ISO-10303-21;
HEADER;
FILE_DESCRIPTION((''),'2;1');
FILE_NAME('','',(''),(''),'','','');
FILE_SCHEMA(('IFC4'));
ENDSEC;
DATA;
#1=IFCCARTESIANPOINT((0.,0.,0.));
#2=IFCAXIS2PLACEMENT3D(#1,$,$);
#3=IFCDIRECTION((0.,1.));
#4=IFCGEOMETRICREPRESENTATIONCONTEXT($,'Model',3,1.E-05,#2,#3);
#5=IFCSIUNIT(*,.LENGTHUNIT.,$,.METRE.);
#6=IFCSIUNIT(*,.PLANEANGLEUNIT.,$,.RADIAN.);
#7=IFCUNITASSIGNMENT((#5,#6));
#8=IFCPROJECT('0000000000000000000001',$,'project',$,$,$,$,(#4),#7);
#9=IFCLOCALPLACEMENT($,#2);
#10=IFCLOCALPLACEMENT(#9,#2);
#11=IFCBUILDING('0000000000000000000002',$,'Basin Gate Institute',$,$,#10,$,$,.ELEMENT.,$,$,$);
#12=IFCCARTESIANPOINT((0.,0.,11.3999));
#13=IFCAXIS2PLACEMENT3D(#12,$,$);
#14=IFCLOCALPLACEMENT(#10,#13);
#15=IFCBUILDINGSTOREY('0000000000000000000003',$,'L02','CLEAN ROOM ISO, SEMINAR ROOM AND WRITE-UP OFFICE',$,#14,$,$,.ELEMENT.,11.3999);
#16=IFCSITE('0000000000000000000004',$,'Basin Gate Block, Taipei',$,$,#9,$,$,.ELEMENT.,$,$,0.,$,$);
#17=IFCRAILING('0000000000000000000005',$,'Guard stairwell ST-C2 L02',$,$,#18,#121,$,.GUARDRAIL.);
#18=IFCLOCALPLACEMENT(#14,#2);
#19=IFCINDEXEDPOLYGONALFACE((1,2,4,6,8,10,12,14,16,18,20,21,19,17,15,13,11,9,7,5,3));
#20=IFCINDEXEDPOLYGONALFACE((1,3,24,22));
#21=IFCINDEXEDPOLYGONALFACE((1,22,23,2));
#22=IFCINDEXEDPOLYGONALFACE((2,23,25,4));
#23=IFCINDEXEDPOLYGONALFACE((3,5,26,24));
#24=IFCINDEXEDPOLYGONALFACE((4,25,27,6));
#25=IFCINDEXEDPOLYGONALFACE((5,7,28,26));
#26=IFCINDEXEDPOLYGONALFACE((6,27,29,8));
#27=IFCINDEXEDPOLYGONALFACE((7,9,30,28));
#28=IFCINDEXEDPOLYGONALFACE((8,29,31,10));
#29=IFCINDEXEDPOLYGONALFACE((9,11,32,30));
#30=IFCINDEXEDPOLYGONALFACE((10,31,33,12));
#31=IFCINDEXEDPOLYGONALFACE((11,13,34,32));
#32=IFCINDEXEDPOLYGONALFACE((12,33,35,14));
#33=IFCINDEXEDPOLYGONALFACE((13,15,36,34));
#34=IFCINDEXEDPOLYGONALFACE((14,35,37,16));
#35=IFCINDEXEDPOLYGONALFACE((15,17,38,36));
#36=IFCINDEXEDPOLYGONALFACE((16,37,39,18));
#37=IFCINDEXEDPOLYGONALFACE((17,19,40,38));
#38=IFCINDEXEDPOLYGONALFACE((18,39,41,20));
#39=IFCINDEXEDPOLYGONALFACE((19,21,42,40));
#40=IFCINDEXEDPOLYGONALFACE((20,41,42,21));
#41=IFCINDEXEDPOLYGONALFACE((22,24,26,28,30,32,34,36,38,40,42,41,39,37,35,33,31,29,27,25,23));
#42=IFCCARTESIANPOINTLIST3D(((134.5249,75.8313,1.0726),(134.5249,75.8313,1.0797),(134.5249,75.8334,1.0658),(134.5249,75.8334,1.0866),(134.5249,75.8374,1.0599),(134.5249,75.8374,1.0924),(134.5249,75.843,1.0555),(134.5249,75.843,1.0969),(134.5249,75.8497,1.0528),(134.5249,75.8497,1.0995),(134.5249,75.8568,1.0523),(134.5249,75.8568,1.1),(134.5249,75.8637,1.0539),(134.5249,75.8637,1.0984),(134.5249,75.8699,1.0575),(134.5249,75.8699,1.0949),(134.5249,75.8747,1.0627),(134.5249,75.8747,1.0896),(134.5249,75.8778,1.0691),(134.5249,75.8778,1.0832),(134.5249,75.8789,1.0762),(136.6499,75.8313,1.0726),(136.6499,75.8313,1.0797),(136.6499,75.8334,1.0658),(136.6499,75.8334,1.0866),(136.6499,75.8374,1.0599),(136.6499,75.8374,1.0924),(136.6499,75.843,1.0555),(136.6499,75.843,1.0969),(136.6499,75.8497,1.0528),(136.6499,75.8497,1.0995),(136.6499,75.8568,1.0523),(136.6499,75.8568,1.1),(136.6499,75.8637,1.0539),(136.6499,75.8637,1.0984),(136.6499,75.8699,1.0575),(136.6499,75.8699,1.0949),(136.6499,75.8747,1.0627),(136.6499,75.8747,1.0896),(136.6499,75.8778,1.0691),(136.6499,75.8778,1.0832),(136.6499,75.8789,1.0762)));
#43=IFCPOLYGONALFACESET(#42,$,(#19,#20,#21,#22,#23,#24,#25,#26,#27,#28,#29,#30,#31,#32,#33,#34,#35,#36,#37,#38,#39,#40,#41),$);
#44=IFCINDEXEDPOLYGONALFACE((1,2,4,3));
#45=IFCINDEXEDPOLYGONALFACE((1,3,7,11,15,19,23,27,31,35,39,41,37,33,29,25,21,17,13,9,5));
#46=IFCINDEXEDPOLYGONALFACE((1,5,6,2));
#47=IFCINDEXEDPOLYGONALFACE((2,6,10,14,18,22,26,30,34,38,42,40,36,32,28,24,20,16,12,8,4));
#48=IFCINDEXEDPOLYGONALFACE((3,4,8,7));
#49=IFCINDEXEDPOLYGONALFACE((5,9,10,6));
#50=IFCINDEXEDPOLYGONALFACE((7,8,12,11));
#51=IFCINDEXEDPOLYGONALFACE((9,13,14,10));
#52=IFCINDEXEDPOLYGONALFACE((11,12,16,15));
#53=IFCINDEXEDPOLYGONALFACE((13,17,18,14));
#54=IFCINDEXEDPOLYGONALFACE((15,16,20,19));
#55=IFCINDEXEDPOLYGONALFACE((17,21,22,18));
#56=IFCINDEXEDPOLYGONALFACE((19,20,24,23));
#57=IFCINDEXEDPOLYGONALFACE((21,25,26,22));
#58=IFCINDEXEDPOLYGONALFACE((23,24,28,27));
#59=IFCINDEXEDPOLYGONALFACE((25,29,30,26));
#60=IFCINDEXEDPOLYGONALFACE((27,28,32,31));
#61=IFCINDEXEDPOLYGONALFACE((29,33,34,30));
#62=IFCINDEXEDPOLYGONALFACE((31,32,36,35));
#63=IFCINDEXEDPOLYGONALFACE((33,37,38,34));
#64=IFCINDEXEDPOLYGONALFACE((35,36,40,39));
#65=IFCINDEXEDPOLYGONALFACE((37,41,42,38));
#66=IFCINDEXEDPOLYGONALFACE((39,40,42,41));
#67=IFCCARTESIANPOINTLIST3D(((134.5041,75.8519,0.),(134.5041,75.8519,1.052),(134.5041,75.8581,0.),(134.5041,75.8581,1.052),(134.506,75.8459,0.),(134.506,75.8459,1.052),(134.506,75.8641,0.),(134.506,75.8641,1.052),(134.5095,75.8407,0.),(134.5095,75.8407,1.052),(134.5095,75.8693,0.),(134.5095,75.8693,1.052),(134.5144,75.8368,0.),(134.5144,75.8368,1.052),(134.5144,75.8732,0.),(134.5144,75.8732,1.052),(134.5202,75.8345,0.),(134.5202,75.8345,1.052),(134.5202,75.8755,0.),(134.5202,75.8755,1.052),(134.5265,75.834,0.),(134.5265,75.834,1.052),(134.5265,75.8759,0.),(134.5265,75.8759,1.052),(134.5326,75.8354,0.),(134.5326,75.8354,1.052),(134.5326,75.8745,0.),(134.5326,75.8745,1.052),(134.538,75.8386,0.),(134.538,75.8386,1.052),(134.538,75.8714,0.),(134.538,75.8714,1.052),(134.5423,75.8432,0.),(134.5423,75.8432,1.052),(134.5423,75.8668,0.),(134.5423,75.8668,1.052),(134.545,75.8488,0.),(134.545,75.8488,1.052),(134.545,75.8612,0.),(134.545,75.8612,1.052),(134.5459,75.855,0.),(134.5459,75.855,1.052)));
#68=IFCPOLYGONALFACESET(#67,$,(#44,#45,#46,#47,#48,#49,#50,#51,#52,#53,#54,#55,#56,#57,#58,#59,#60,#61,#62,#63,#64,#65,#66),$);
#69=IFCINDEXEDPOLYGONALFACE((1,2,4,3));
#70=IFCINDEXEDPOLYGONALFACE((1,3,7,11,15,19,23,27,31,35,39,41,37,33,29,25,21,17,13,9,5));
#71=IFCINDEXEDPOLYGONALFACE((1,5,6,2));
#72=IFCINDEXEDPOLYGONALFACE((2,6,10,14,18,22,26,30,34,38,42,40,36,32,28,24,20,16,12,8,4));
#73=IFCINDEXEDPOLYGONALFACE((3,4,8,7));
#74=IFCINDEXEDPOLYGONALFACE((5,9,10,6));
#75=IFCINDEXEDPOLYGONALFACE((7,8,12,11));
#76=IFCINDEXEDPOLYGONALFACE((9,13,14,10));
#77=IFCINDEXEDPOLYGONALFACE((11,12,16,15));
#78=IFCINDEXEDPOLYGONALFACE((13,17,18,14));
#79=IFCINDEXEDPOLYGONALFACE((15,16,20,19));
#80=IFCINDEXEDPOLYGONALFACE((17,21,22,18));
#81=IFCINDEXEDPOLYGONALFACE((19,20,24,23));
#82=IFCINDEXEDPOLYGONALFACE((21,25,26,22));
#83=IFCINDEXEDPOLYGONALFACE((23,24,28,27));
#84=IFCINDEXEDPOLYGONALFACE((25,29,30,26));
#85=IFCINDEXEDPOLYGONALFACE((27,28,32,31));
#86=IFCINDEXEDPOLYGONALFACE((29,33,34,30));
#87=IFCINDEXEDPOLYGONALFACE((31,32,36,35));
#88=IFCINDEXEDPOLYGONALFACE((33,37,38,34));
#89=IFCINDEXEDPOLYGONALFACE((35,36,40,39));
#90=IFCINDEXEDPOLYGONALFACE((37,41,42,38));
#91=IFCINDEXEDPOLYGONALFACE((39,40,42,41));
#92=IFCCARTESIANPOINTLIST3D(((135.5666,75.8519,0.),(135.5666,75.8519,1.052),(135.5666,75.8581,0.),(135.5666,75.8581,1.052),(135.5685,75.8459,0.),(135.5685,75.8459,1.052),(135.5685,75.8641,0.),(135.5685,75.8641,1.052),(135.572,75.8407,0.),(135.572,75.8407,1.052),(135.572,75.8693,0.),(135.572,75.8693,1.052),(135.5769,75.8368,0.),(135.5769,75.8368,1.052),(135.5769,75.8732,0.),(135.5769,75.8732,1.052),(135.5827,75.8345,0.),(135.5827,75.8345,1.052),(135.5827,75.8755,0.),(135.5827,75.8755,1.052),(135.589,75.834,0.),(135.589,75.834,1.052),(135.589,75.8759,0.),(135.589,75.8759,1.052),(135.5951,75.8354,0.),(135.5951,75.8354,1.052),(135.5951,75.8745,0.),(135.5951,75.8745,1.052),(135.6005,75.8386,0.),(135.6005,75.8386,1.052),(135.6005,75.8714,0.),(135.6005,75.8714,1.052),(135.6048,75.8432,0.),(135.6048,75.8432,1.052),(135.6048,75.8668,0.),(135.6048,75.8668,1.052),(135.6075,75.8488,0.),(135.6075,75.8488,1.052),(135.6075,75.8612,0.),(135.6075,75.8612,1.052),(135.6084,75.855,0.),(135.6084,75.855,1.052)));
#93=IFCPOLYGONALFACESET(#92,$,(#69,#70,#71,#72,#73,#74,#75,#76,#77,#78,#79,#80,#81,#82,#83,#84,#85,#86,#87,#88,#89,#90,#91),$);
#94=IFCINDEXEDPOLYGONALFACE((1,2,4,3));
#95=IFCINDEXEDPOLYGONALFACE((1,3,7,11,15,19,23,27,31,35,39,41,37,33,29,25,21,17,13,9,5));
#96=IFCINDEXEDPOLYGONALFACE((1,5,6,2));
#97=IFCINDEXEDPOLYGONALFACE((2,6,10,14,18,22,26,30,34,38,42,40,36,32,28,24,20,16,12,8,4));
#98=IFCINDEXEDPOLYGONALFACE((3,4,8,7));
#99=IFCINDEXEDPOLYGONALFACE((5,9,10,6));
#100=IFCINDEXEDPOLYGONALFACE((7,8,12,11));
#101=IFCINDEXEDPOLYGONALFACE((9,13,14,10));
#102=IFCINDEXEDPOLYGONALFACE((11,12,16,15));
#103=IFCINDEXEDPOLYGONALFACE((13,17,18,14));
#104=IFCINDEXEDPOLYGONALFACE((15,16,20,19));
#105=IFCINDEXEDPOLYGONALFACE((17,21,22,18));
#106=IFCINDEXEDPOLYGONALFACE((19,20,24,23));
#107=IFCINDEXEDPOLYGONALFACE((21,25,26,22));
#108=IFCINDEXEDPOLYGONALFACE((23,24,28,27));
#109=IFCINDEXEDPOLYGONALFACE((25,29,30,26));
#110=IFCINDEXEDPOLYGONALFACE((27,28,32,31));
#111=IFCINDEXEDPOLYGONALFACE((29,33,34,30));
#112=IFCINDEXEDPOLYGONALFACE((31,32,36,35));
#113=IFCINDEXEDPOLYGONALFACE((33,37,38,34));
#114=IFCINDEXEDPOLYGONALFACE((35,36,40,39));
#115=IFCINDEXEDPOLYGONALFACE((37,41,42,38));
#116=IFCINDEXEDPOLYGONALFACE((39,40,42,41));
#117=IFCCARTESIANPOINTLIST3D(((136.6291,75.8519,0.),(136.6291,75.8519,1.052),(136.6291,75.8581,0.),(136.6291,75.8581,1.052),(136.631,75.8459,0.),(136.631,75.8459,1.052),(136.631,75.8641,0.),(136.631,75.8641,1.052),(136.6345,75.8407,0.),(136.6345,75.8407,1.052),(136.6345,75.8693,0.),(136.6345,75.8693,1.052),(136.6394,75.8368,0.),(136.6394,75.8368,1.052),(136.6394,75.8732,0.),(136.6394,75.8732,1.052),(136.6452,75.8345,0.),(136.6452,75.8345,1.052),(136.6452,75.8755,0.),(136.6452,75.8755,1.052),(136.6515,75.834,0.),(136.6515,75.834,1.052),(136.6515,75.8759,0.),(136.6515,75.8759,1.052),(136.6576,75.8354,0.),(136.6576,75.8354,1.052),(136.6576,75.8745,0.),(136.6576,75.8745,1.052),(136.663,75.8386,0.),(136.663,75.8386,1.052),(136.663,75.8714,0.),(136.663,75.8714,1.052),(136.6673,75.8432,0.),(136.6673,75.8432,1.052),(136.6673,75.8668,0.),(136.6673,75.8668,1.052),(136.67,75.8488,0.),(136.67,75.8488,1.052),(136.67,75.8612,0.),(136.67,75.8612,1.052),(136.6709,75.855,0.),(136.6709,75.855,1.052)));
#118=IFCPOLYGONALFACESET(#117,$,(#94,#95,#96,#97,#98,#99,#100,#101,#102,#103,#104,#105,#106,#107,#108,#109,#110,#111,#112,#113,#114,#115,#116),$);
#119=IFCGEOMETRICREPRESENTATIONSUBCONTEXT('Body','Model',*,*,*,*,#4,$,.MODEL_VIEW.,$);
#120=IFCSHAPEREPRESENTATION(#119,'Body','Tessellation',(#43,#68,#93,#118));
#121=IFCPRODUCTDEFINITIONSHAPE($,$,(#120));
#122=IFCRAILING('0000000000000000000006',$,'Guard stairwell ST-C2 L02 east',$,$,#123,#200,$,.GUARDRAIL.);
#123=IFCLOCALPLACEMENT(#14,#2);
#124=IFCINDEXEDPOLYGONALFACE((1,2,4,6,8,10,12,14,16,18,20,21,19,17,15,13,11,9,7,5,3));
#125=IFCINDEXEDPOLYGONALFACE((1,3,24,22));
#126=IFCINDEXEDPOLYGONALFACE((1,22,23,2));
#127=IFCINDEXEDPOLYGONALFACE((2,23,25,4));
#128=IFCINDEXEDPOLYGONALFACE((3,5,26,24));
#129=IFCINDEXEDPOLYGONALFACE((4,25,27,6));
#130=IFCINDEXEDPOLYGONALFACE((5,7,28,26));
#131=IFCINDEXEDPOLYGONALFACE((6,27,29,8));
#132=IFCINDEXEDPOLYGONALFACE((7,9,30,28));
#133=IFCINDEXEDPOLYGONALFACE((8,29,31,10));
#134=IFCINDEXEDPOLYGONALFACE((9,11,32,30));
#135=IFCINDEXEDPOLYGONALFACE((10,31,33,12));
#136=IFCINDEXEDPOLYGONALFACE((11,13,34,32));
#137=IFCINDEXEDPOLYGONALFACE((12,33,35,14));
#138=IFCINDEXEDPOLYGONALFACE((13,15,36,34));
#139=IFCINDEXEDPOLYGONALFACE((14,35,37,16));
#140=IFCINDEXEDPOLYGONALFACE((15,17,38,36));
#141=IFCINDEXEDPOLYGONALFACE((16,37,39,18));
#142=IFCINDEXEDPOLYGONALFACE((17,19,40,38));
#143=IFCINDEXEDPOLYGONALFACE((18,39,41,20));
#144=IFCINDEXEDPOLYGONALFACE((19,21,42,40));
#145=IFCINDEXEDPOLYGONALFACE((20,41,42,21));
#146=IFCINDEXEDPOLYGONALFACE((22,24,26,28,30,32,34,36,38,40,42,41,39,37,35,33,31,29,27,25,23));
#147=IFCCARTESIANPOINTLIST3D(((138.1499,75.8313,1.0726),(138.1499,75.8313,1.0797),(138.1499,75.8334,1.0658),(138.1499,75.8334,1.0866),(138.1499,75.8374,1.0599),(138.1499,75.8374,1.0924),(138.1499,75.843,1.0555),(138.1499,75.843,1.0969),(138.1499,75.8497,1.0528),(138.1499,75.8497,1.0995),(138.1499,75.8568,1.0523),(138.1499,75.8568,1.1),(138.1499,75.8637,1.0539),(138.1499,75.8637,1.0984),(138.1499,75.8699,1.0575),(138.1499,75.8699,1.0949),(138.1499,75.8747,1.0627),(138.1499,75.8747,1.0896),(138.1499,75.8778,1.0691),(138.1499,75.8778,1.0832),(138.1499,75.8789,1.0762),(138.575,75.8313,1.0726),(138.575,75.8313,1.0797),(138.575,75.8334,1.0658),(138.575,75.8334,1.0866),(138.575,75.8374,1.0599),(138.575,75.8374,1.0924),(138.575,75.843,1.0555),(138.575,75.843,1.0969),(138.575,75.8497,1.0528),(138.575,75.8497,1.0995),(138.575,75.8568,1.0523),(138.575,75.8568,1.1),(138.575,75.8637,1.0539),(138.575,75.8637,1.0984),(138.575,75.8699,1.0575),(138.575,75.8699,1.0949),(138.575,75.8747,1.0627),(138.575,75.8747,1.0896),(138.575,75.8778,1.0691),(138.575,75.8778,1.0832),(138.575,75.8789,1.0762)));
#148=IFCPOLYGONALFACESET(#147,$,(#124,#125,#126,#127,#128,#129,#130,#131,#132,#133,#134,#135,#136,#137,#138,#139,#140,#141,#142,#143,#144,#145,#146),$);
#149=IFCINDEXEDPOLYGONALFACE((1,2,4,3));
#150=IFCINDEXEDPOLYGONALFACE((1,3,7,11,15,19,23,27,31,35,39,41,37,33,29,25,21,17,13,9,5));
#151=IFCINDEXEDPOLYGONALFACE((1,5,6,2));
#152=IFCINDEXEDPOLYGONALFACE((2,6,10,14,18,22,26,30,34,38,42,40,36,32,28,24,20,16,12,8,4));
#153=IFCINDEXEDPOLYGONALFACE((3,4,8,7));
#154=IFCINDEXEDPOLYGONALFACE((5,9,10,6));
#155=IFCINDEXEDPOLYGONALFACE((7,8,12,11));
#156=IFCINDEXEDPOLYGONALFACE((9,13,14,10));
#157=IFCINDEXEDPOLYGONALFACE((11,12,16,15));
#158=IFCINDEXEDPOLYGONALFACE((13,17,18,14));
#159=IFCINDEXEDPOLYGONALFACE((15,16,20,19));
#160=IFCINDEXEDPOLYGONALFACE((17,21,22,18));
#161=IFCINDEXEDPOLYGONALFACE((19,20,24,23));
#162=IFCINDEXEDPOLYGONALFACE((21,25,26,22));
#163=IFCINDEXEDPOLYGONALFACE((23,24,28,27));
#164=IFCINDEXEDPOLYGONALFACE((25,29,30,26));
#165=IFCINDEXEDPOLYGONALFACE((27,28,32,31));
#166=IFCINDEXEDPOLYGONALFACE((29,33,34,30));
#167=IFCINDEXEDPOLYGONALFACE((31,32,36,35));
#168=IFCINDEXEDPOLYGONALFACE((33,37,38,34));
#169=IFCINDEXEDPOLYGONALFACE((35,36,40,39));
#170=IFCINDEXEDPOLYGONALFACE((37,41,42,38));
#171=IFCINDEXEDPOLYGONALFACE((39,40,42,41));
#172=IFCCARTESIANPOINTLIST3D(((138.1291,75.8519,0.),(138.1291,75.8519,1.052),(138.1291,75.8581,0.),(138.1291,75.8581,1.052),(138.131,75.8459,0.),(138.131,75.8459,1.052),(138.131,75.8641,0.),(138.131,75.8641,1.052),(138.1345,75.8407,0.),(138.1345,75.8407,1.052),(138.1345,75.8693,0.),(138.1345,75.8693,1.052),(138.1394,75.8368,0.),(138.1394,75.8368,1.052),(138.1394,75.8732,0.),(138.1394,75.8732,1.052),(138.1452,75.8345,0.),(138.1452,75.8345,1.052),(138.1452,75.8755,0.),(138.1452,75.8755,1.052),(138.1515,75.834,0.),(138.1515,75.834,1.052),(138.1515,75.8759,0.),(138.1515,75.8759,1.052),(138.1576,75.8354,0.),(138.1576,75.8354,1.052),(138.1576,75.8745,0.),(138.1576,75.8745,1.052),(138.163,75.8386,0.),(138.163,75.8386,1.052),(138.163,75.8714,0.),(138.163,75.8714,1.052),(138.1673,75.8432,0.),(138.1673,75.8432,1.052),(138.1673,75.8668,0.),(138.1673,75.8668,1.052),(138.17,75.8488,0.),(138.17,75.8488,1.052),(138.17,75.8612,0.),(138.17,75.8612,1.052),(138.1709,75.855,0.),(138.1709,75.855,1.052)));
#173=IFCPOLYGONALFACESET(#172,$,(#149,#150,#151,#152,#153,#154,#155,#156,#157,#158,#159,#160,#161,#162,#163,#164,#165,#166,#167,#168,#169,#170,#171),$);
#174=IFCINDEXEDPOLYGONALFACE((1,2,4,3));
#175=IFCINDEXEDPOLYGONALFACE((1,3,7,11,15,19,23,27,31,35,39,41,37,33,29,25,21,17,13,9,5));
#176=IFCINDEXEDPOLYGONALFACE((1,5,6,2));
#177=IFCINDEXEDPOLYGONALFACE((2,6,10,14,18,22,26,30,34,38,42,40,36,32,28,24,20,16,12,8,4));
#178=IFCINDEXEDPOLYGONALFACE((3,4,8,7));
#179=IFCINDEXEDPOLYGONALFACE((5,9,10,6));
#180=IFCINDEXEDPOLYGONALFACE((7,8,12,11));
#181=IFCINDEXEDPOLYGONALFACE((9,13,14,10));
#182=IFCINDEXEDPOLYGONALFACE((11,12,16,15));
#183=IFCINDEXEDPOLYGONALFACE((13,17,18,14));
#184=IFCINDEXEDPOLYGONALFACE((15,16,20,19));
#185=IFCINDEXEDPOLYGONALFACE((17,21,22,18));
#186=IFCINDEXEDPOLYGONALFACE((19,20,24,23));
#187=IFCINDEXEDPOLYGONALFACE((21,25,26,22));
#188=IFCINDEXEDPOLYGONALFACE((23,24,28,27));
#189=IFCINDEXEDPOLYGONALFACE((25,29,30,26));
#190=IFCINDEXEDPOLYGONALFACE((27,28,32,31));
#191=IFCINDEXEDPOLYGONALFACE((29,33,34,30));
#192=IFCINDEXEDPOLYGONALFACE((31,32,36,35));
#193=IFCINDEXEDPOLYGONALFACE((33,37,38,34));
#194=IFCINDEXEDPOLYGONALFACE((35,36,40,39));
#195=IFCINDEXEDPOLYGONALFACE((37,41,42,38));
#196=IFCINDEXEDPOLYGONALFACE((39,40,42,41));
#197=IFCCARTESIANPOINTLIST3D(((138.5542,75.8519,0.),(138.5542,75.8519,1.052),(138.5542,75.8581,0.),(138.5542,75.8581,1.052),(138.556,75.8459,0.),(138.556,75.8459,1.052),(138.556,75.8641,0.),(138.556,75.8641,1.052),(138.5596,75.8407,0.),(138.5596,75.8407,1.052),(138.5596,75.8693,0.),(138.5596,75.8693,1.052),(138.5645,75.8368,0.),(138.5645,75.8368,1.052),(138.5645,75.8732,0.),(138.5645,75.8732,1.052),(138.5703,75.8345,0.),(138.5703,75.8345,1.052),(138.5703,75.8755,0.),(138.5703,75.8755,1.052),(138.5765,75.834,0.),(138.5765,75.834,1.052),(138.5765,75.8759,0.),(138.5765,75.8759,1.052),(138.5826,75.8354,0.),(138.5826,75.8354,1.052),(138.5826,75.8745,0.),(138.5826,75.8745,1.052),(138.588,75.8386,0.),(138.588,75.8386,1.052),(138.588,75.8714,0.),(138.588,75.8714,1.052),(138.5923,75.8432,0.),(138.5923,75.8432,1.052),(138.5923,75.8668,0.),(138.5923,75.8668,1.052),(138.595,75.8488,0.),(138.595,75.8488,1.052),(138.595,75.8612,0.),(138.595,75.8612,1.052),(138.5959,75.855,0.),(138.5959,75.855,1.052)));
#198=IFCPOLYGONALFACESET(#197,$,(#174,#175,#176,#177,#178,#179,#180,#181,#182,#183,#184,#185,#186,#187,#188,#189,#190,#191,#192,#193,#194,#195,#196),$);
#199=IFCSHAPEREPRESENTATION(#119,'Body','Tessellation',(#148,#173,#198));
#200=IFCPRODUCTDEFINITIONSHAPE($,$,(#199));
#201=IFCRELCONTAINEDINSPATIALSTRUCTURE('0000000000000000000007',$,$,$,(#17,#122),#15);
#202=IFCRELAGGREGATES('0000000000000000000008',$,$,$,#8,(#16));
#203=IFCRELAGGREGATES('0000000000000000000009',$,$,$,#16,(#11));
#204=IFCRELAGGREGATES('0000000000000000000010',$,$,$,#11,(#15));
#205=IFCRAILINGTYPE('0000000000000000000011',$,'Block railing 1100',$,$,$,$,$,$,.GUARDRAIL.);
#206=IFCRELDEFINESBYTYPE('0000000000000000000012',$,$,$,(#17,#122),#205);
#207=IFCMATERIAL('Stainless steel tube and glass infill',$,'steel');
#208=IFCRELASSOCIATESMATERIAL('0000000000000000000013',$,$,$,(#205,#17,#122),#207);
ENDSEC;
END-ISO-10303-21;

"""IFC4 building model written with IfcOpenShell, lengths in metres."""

from ifc_helpers import new_model, si_unit, direction, frame, origin, origin_2d, place, context, subcontext, project, spatial, circle, extrude, material, type_object, element, save


model = new_model("IFC4")

# Units and contexts
model_context = context("Model", 3, precision=1e-05, world=origin(), true_north=direction((0.0, 1.0)))
body_context = subcontext(model_context, "Body", "Model", "MODEL_VIEW")
ifc_project = project(units=[si_unit("LENGTHUNIT", "METRE"), si_unit("PLANEANGLEUNIT", "RADIAN")], contexts=[model_context])

# Site, building, storey
site_placement = place(None, origin())
site = spatial("IfcSite", under=ifc_project, at=site_placement, Name="Basin Gate Block, Taipei", CompositionType="ELEMENT", RefElevation=0.0)
building_placement = place(site_placement, origin())
building = spatial("IfcBuilding", under=site, at=building_placement, Name="Basin Gate Institute", CompositionType="ELEMENT")
storey_placement = place(building_placement, frame((0.0, 0.0, 11.3999)))
storey = spatial("IfcBuildingStorey", under=building, at=storey_placement, Name="L02", Description="CLEAN ROOM ISO, SEMINAR ROOM AND WRITE-UP OFFICE", CompositionType="ELEMENT", Elevation=11.3999)

# Railings
ifc_material_1 = material(Name="Stainless steel tube and glass infill", Category="steel")
railing_type_1 = type_object("IfcRailingType", Name="Block railing 1100", PredefinedType="GUARDRAIL", material=ifc_material_1)
railing_placement = place(storey_placement, frame((134.5249, 75.855, 0.0)))
element("IfcRailing", 1, at=railing_placement, inside=storey, type_object=railing_type_1, material=ifc_material_1, Name="Guard stairwell ST-C2 L02", PredefinedType="GUARDRAIL", context=body_context, shape_type="SweptSolid", body=[
    extrude(circle(Radius=0.0239, at=origin_2d()), frame((0.0, 0.0, 1.0762), z_axis=(1.0, 0.0, 0.0), x_axis=(0.0, 1.0, 0.0)), (0.0, 0.0, 1.0), 2.125),
    extrude(circle(Radius=0.021, at=origin_2d()), origin(), (0.0, 0.0, 1.0), 1.052),
    extrude(circle(Radius=0.021, at=origin_2d()), frame((1.0625, 0.0, 0.0)), (0.0, 0.0, 1.0), 1.052),
    extrude(circle(Radius=0.021, at=origin_2d()), frame((2.125, 0.0, 0.0)), (0.0, 0.0, 1.0), 1.052),
])
for number, where, name in (
    (2, (138.1499, 75.855, 0.0), "Guard stairwell ST-C2 L02 east"),
):
    element("IfcRailing", number, at=place(storey_placement, frame(where)), inside=storey, type_object=railing_type_1, material=ifc_material_1, Name=name, PredefinedType="GUARDRAIL", context=body_context, shape_type="SweptSolid", body=[
        extrude(circle(Radius=0.0239, at=origin_2d()), frame((0.0, 0.0, 1.0762), z_axis=(1.0, 0.0, 0.0), x_axis=(0.0, 1.0, 0.0)), (0.0, 0.0, 1.0), 0.425),
        extrude(circle(Radius=0.021, at=origin_2d()), origin(), (0.0, 0.0, 1.0), 1.052),
        extrude(circle(Radius=0.021, at=origin_2d()), frame((0.425, 0.0, 0.0)), (0.0, 0.0, 1.0), 1.052),
    ])

save(model, "model.ifc")
